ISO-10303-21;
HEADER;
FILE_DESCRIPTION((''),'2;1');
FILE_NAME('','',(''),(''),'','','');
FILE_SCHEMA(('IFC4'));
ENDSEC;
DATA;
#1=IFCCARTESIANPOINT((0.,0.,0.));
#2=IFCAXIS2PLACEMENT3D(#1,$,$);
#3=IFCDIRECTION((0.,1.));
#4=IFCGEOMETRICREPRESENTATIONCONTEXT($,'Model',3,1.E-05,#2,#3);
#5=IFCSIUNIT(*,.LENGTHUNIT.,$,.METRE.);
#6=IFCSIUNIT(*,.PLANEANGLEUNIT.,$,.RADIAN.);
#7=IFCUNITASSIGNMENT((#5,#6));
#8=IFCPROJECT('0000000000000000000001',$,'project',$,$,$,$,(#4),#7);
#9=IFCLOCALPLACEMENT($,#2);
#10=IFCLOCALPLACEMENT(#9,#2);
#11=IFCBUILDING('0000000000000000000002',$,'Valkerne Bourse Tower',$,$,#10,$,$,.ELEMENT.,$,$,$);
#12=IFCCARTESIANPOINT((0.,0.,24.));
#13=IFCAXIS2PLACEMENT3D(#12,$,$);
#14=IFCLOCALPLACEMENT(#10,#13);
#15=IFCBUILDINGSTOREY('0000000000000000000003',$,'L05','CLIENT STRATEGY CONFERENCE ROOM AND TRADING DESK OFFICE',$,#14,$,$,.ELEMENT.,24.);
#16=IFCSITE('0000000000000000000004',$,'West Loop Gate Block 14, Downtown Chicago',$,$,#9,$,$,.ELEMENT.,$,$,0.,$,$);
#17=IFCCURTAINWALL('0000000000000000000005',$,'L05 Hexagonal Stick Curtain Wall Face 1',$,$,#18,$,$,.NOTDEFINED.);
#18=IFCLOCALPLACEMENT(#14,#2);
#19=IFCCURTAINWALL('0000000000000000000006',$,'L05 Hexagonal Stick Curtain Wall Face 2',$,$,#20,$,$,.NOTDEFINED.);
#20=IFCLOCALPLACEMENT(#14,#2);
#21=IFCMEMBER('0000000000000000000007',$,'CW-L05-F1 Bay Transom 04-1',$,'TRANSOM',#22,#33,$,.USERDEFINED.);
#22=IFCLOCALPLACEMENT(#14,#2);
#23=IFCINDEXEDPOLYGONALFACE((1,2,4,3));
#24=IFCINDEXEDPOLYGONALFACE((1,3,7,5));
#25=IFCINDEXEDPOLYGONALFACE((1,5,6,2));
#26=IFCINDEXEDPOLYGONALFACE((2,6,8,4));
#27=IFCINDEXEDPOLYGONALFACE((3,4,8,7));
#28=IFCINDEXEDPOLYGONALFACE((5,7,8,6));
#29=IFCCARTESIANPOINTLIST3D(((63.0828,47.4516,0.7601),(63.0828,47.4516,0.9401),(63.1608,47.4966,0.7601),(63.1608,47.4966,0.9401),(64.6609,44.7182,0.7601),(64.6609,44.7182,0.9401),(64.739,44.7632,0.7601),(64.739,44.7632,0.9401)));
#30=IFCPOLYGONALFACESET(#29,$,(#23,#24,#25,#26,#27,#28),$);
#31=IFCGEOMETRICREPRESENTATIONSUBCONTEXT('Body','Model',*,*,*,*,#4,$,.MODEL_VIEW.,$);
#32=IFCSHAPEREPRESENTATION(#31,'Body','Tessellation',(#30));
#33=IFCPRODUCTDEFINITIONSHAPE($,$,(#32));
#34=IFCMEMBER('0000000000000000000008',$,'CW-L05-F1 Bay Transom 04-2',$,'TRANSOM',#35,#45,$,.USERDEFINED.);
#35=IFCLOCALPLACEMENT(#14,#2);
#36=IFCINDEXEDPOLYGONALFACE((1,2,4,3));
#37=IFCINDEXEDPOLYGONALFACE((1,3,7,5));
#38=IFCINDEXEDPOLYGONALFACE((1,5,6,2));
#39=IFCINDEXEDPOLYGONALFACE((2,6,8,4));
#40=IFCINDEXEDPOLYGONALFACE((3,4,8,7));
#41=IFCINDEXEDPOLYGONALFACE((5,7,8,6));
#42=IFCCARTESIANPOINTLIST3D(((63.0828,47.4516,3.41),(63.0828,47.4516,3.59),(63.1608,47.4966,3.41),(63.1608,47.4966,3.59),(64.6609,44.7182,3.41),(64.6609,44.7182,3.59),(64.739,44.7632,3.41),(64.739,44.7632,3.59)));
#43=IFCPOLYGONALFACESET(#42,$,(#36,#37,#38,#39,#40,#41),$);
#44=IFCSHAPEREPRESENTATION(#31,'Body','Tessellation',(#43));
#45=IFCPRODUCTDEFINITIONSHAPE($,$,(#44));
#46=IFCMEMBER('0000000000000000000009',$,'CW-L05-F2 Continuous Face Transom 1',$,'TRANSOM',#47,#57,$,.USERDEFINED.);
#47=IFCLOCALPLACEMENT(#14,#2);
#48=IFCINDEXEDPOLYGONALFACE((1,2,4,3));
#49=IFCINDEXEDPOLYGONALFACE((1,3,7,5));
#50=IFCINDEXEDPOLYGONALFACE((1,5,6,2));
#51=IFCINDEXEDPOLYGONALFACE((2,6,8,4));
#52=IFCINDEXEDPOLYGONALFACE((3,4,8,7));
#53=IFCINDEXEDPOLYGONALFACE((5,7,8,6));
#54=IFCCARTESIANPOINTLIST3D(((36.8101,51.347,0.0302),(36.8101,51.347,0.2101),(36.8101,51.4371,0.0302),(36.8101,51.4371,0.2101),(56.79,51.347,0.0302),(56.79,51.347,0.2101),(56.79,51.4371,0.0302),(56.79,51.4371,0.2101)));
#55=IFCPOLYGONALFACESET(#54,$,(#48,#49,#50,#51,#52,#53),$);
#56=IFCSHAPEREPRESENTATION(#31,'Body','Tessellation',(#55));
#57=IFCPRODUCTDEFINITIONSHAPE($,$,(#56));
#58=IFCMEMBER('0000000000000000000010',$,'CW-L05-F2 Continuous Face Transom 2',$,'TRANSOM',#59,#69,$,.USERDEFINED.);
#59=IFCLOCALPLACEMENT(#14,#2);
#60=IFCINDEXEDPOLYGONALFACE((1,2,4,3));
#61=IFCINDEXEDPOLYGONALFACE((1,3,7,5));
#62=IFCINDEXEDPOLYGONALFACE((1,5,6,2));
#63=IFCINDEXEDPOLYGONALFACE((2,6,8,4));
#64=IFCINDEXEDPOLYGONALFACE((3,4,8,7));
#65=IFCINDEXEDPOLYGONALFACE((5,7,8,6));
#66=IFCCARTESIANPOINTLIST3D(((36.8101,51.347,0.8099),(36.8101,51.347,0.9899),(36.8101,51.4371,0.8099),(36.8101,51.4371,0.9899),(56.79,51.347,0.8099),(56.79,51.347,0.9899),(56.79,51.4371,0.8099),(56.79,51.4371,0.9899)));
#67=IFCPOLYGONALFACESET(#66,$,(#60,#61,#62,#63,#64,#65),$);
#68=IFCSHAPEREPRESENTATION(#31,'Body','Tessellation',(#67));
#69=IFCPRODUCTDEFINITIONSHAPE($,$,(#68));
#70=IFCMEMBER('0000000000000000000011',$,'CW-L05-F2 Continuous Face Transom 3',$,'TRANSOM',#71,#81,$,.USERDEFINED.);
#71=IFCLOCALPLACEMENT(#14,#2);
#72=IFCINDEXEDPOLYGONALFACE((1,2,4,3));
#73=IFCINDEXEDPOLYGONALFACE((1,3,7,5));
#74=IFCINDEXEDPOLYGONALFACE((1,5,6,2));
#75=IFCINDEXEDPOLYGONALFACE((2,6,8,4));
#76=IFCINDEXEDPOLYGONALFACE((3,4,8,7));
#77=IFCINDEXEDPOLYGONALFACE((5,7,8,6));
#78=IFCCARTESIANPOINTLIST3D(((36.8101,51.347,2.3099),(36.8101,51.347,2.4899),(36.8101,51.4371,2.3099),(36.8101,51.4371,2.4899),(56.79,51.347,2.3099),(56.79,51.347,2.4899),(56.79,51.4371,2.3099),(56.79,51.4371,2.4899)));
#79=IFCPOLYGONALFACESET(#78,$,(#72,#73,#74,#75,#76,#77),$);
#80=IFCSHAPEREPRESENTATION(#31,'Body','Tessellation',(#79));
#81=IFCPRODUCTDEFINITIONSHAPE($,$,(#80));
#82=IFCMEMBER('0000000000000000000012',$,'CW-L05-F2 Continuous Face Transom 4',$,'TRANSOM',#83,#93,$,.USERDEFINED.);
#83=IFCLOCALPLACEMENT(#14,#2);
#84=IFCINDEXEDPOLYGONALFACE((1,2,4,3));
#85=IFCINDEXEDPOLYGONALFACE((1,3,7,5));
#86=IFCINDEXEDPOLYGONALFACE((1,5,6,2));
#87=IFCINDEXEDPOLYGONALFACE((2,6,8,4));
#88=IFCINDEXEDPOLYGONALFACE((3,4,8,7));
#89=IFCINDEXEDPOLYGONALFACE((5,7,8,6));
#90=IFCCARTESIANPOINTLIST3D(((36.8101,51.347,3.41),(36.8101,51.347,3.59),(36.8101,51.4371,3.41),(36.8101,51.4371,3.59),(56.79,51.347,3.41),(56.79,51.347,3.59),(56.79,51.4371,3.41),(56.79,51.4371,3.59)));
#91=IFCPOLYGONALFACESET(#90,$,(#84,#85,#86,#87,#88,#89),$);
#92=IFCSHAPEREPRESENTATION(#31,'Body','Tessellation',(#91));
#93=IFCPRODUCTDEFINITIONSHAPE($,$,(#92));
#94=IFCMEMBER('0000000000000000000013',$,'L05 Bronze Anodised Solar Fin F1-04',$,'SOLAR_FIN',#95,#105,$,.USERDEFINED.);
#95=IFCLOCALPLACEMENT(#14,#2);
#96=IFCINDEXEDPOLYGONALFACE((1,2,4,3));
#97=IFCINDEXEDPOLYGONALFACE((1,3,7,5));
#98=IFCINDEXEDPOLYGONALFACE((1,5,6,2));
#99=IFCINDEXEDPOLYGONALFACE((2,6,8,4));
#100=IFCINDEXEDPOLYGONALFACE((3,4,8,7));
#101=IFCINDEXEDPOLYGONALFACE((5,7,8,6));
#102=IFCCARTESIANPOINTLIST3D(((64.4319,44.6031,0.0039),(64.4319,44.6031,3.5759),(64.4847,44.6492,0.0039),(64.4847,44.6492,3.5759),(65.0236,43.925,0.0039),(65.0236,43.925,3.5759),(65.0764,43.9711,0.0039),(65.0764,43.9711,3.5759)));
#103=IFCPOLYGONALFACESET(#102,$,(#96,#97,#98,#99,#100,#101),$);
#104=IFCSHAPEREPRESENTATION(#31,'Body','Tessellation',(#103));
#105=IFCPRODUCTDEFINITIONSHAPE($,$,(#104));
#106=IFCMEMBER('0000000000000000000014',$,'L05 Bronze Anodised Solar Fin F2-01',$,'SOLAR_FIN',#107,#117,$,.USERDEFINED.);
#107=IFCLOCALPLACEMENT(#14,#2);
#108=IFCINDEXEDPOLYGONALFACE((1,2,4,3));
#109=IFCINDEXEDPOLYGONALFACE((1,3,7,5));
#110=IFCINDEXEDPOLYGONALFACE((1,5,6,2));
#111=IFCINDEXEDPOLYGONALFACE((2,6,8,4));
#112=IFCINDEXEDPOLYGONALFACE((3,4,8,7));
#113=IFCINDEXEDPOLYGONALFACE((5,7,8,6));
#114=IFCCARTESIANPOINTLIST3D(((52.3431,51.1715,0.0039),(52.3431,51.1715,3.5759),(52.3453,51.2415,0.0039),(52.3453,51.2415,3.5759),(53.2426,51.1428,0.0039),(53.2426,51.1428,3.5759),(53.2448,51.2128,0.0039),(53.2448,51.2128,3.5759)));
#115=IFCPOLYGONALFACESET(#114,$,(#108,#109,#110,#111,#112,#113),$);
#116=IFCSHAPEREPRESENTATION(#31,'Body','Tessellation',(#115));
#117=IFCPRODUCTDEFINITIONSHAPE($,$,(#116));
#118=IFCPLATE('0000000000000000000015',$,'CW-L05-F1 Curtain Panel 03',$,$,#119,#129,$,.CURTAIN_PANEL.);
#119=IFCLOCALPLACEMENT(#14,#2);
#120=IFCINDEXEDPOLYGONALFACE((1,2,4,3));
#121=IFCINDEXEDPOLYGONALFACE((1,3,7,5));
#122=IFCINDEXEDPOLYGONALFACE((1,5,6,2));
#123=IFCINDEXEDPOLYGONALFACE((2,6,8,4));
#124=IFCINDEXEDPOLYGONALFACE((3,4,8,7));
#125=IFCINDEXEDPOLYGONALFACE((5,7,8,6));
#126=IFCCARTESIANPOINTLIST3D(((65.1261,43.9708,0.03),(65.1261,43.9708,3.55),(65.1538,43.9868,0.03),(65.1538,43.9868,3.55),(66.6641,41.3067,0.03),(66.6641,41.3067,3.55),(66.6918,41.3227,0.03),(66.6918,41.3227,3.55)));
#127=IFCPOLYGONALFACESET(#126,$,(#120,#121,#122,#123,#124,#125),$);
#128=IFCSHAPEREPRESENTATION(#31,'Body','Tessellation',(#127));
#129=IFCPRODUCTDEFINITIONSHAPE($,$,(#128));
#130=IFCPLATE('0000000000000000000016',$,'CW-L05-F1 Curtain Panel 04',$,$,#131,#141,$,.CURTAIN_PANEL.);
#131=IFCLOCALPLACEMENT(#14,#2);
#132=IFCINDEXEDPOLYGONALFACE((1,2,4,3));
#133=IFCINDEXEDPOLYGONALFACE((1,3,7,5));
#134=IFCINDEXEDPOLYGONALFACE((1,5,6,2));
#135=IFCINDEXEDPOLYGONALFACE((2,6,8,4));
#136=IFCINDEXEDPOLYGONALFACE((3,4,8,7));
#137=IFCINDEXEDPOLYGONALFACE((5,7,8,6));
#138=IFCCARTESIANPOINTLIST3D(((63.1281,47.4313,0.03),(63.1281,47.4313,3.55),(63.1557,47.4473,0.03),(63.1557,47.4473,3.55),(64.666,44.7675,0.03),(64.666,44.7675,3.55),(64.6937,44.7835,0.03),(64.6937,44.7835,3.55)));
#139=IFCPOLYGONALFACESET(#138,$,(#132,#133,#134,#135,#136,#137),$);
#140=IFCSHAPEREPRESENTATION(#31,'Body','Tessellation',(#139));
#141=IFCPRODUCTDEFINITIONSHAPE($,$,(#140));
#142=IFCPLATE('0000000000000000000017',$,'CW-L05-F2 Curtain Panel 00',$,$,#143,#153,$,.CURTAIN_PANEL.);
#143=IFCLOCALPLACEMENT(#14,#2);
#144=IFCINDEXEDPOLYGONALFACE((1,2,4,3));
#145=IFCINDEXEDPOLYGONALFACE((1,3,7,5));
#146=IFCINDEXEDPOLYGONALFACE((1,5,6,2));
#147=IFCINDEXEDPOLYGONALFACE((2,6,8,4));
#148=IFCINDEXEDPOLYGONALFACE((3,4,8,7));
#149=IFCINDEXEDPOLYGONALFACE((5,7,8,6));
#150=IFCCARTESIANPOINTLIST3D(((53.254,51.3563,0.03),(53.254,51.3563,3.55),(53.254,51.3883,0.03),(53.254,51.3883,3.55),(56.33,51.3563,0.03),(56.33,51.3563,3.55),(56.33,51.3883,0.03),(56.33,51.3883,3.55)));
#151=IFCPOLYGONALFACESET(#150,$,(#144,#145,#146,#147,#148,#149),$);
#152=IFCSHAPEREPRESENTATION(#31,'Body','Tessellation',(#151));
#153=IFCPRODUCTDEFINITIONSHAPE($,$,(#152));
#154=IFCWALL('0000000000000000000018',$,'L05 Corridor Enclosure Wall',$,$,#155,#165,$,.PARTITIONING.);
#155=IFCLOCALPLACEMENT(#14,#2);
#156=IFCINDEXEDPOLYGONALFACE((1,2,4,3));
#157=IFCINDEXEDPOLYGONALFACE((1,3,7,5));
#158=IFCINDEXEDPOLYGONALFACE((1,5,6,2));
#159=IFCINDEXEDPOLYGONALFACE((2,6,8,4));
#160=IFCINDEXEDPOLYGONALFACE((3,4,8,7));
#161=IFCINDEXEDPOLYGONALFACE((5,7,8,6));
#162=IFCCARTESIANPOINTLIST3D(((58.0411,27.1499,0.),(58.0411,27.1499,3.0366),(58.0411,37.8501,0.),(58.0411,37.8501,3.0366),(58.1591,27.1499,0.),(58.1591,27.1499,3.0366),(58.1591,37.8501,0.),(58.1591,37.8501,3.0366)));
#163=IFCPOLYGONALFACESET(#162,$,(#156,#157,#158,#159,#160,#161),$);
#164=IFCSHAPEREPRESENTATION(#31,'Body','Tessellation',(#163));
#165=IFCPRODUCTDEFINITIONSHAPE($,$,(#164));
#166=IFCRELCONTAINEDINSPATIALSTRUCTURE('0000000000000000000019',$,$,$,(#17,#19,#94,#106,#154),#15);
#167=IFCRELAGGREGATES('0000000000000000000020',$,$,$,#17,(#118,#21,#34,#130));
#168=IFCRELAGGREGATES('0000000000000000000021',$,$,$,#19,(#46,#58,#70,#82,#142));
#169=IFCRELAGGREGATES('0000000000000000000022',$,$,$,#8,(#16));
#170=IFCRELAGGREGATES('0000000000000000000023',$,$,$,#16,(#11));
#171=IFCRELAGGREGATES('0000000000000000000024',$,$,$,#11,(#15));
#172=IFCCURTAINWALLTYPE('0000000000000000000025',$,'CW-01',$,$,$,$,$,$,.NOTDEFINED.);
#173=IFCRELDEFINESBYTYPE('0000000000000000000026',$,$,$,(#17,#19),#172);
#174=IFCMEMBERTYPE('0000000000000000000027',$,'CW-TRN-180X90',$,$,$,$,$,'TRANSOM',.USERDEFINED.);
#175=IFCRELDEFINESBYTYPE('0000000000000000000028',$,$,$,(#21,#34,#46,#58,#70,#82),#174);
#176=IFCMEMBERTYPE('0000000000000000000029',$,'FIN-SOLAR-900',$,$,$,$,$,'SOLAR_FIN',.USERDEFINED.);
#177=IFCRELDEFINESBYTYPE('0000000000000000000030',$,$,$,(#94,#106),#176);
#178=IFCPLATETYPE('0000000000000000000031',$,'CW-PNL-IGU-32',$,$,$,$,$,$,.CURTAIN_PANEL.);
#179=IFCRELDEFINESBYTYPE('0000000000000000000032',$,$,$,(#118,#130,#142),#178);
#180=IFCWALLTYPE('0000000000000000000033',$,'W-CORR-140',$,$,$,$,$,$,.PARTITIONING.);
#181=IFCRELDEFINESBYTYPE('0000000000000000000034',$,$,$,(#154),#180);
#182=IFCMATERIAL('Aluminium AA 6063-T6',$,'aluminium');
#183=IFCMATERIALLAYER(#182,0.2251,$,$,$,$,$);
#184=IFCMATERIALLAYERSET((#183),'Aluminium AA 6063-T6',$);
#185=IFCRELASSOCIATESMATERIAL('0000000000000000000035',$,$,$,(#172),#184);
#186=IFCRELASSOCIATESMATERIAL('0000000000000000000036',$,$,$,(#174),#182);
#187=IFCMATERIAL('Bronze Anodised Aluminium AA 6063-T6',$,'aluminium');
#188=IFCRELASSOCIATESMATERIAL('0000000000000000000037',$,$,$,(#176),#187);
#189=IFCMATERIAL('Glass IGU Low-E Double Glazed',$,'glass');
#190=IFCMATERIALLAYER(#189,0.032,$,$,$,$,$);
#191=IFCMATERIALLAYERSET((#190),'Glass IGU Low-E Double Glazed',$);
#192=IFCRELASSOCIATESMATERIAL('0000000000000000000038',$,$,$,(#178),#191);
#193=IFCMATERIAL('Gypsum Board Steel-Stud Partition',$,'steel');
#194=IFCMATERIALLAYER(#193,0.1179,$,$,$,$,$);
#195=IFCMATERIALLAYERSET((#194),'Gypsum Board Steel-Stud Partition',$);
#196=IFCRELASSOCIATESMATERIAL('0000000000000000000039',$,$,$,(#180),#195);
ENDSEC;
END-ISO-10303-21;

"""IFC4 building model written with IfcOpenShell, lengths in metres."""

from ifc_helpers import new_model, si_unit, direction, frame, frame_2d, origin, origin_2d, place, context, subcontext, project, spatial, rectangle, extrude, material, layer, layer_set, material_profile, profile_set, type_object, element, aggregate, save


model = new_model("IFC4")

# Units and contexts
model_context = context("Model", 3, precision=1e-05, world=origin(), true_north=direction((0.0, 1.0)))
body_context = subcontext(model_context, "Body", "Model", "MODEL_VIEW")
ifc_project = project(units=[si_unit("LENGTHUNIT", "METRE"), si_unit("PLANEANGLEUNIT", "RADIAN")], contexts=[model_context])

# Site, building, storey
site_placement = place(None, origin())
site = spatial("IfcSite", under=ifc_project, at=site_placement, Name="West Loop Gate Block 14, Downtown Chicago", CompositionType="ELEMENT", RefElevation=0.0)
building_placement = place(site_placement, origin())
building = spatial("IfcBuilding", under=site, at=building_placement, Name="Valkerne Bourse Tower", CompositionType="ELEMENT")
storey_placement = place(building_placement, frame((0.0, 0.0, 24.0)))
storey = spatial("IfcBuildingStorey", under=building, at=storey_placement, Name="L05", Description="CLIENT STRATEGY CONFERENCE ROOM AND TRADING DESK OFFICE", CompositionType="ELEMENT", Elevation=24.0)

# Curtain walls
ifc_material_1 = material(Name="Aluminium AA 6063-T6", Category="aluminium")
ifc_layer_1 = layer(ifc_material_1, 0.2251)
ifc_layer_set_1 = layer_set([ifc_layer_1], Name="Aluminium AA 6063-T6")
curtain_wall_type = type_object("IfcCurtainWallType", Name="CW-01", PredefinedType="NOTDEFINED", material=ifc_layer_set_1)
curtain_wall_1_placement = place(storey_placement, origin())
curtain_wall_1 = element("IfcCurtainWall", 1, at=curtain_wall_1_placement, inside=storey, type_object=curtain_wall_type, Name="L05 Hexagonal Stick Curtain Wall Face 1", PredefinedType="NOTDEFINED")
curtain_wall_2_placement = place(storey_placement, origin())
curtain_wall_2 = element("IfcCurtainWall", 2, at=curtain_wall_2_placement, inside=storey, type_object=curtain_wall_type, Name="L05 Hexagonal Stick Curtain Wall Face 2", PredefinedType="NOTDEFINED")

# Members
ifc_material_profile_1 = material_profile(ifc_material_1, rectangle(XDim=0.0901, YDim=0.1799, at=origin_2d()), Name="CWT-90X180")
ifc_profile_set_1 = profile_set([ifc_material_profile_1], Name="Aluminium AA 6063-T6")
member_type_1 = type_object("IfcMemberType", Name="CW-TRN-180X90", ElementType="TRANSOM", PredefinedType="USERDEFINED", material=ifc_profile_set_1)
member_1_placement = place(storey_placement, frame((64.7, 44.7407, 0.8501), z_axis=(-0.499999, 0.866026, 0.0), x_axis=(-0.866026, -0.499999, 0.0)))
member_1 = element("IfcMember", 3, at=member_1_placement, type_object=member_type_1, Name="CW-L05-F1 Bay Transom 04-1", ObjectType="TRANSOM", PredefinedType="USERDEFINED", context=body_context, shape_type="SweptSolid", body=[
    extrude(rectangle(XDim=0.0901, YDim=0.1799, at=origin_2d()), origin(), (0.0, 0.0, 1.0), 3.1562),
])
member_2_placement = place(storey_placement, frame((64.7, 44.7407, 3.5), z_axis=(-0.499999, 0.866026, 0.0), x_axis=(-0.866026, -0.499999, 0.0)))
member_2 = element("IfcMember", 4, at=member_2_placement, type_object=member_type_1, Name="CW-L05-F1 Bay Transom 04-2", ObjectType="TRANSOM", PredefinedType="USERDEFINED", context=body_context, shape_type="SweptSolid", body=[
    extrude(rectangle(XDim=0.0901, YDim=0.1799, at=origin_2d()), origin(), (0.0, 0.0, 1.0), 3.1562),
])
member_3_placement = place(storey_placement, frame((56.79, 51.3921, 0.1201), z_axis=(-1.0, 0.0, 0.0), x_axis=(0.0, -1.0, 0.0)))
member_3 = element("IfcMember", 5, at=member_3_placement, type_object=member_type_1, Name="CW-L05-F2 Continuous Face Transom 1", ObjectType="TRANSOM", PredefinedType="USERDEFINED", context=body_context, shape_type="SweptSolid", body=[
    extrude(rectangle(XDim=0.0901, YDim=0.1799, at=origin_2d()), origin(), (0.0, 0.0, 1.0), 19.98),
])
member_4_placement = place(storey_placement, frame((56.79, 51.3921, 0.8999), z_axis=(-1.0, 0.0, 0.0), x_axis=(0.0, -1.0, 0.0)))
member_4 = element("IfcMember", 6, at=member_4_placement, type_object=member_type_1, Name="CW-L05-F2 Continuous Face Transom 2", ObjectType="TRANSOM", PredefinedType="USERDEFINED", context=body_context, shape_type="SweptSolid", body=[
    extrude(rectangle(XDim=0.0901, YDim=0.1799, at=origin_2d()), origin(), (0.0, 0.0, 1.0), 19.98),
])
member_5_placement = place(storey_placement, frame((56.79, 51.3921, 2.3999), z_axis=(-1.0, 0.0, 0.0), x_axis=(0.0, -1.0, 0.0)))
member_5 = element("IfcMember", 7, at=member_5_placement, type_object=member_type_1, Name="CW-L05-F2 Continuous Face Transom 3", ObjectType="TRANSOM", PredefinedType="USERDEFINED", context=body_context, shape_type="SweptSolid", body=[
    extrude(rectangle(XDim=0.0901, YDim=0.1799, at=origin_2d()), origin(), (0.0, 0.0, 1.0), 19.98),
])
member_6_placement = place(storey_placement, frame((56.79, 51.3921, 3.5), z_axis=(-1.0, 0.0, 0.0), x_axis=(0.0, -1.0, 0.0)))
member_6 = element("IfcMember", 8, at=member_6_placement, type_object=member_type_1, Name="CW-L05-F2 Continuous Face Transom 4", ObjectType="TRANSOM", PredefinedType="USERDEFINED", context=body_context, shape_type="SweptSolid", body=[
    extrude(rectangle(XDim=0.0901, YDim=0.1799, at=origin_2d()), origin(), (0.0, 0.0, 1.0), 19.98),
])

# Members
ifc_material_2 = material(Name="Bronze Anodised Aluminium AA 6063-T6", Category="aluminium")
ifc_material_profile_2 = material_profile(ifc_material_2, rectangle(XDim=0.0701, YDim=0.8999, at=origin_2d()), Name="FIN-70X900")
ifc_profile_set_2 = profile_set([ifc_material_profile_2], Name="Bronze Anodised Aluminium AA 6063-T6")
member_type_2 = type_object("IfcMemberType", Name="FIN-SOLAR-900", ElementType="SOLAR_FIN", PredefinedType="USERDEFINED", material=ifc_profile_set_2)
for number, where, z_axis, x_axis, name in (
    (9, (64.7542, 44.2871, 0.0039), (0.0, 0.0, 1.0), (0.753481, 0.65747, 0.0), "L05 Bronze Anodised Solar Fin F1-04"),
    (10, (52.7939, 51.1921, 0.0039), (0.0, 0.0, 1.0), (0.031888, 0.999491, 0.0), "L05 Bronze Anodised Solar Fin F2-01"),
):
    element("IfcMember", number, at=place(storey_placement, frame(where, z_axis=z_axis, x_axis=x_axis)), inside=storey, type_object=member_type_2, Name=name, ObjectType="SOLAR_FIN", PredefinedType="USERDEFINED", context=body_context, shape_type="SweptSolid", body=[
        extrude(rectangle(XDim=0.0701, YDim=0.8999, at=origin_2d()), origin(), (0.0, 0.0, 1.0), 3.572),
    ])

# Plates
ifc_material_3 = material(Name="Glass IGU Low-E Double Glazed", Category="glass")
ifc_layer_2 = layer(ifc_material_3, 0.032)
ifc_layer_set_2 = layer_set([ifc_layer_2], Name="Glass IGU Low-E Double Glazed")
plate_type = type_object("IfcPlateType", Name="CW-PNL-IGU-32", PredefinedType="CURTAIN_PANEL", material=ifc_layer_set_2)
plate_1_placement = place(storey_placement, frame((65.9089, 42.6467, 0.03), z_axis=(0.0, 0.0, 1.0), x_axis=(-0.499993, 0.866029, 0.0)))
plate_1 = element("IfcPlate", 11, at=plate_1_placement, type_object=plate_type, Name="CW-L05-F1 Curtain Panel 03", PredefinedType="CURTAIN_PANEL", context=body_context, shape_type="SweptSolid", body=[
    extrude(rectangle(XDim=3.0762, YDim=0.032, at=origin_2d()), origin(), (0.0, 0.0, 1.0), 3.52),
])
plate_2_placement = place(storey_placement, frame((63.9109, 46.1074, 0.03), z_axis=(0.0, 0.0, 1.0), x_axis=(-0.500004, 0.866023, 0.0)))
plate_2 = element("IfcPlate", 12, at=plate_2_placement, type_object=plate_type, Name="CW-L05-F1 Curtain Panel 04", PredefinedType="CURTAIN_PANEL", context=body_context, shape_type="SweptSolid", body=[
    extrude(rectangle(XDim=3.0759, YDim=0.032, at=origin_2d()), origin(), (0.0, 0.0, 1.0), 3.52),
])
aggregate(curtain_wall_1, [plate_1, member_1, member_2, plate_2])
plate_3_placement = place(storey_placement, frame((54.792, 51.3723, 0.03), z_axis=(0.0, 0.0, 1.0), x_axis=(-1.0, 0.0, 0.0)))
plate_3 = element("IfcPlate", 13, at=plate_3_placement, type_object=plate_type, Name="CW-L05-F2 Curtain Panel 00", PredefinedType="CURTAIN_PANEL", context=body_context, shape_type="SweptSolid", body=[
    extrude(rectangle(XDim=3.0759, YDim=0.032, at=origin_2d()), origin(), (0.0, 0.0, 1.0), 3.52),
])
aggregate(curtain_wall_2, [member_3, member_4, member_5, member_6, plate_3])

# Wall
ifc_material_4 = material(Name="Gypsum Board Steel-Stud Partition", Category="steel")
ifc_layer_3 = layer(ifc_material_4, 0.1179)
ifc_layer_set_3 = layer_set([ifc_layer_3], Name="Gypsum Board Steel-Stud Partition")
wall_type_1 = type_object("IfcWallType", Name="W-CORR-140", PredefinedType="PARTITIONING", material=ifc_layer_set_3)
wall_1_placement = place(storey_placement, frame((58.1001, 37.8501, 0.0), z_axis=(0.0, 0.0, 1.0), x_axis=(0.0, -1.0, 0.0)))
element("IfcWall", 14, at=wall_1_placement, inside=storey, type_object=wall_type_1, Name="L05 Corridor Enclosure Wall", PredefinedType="PARTITIONING", context=body_context, shape_type="SweptSolid", body=[
    extrude(rectangle(XDim=10.7002, YDim=0.1179, at=frame_2d((5.3501, 0.0))), origin(), (0.0, 0.0, 1.0), 3.0366),
])

save(model, "model.ifc")
